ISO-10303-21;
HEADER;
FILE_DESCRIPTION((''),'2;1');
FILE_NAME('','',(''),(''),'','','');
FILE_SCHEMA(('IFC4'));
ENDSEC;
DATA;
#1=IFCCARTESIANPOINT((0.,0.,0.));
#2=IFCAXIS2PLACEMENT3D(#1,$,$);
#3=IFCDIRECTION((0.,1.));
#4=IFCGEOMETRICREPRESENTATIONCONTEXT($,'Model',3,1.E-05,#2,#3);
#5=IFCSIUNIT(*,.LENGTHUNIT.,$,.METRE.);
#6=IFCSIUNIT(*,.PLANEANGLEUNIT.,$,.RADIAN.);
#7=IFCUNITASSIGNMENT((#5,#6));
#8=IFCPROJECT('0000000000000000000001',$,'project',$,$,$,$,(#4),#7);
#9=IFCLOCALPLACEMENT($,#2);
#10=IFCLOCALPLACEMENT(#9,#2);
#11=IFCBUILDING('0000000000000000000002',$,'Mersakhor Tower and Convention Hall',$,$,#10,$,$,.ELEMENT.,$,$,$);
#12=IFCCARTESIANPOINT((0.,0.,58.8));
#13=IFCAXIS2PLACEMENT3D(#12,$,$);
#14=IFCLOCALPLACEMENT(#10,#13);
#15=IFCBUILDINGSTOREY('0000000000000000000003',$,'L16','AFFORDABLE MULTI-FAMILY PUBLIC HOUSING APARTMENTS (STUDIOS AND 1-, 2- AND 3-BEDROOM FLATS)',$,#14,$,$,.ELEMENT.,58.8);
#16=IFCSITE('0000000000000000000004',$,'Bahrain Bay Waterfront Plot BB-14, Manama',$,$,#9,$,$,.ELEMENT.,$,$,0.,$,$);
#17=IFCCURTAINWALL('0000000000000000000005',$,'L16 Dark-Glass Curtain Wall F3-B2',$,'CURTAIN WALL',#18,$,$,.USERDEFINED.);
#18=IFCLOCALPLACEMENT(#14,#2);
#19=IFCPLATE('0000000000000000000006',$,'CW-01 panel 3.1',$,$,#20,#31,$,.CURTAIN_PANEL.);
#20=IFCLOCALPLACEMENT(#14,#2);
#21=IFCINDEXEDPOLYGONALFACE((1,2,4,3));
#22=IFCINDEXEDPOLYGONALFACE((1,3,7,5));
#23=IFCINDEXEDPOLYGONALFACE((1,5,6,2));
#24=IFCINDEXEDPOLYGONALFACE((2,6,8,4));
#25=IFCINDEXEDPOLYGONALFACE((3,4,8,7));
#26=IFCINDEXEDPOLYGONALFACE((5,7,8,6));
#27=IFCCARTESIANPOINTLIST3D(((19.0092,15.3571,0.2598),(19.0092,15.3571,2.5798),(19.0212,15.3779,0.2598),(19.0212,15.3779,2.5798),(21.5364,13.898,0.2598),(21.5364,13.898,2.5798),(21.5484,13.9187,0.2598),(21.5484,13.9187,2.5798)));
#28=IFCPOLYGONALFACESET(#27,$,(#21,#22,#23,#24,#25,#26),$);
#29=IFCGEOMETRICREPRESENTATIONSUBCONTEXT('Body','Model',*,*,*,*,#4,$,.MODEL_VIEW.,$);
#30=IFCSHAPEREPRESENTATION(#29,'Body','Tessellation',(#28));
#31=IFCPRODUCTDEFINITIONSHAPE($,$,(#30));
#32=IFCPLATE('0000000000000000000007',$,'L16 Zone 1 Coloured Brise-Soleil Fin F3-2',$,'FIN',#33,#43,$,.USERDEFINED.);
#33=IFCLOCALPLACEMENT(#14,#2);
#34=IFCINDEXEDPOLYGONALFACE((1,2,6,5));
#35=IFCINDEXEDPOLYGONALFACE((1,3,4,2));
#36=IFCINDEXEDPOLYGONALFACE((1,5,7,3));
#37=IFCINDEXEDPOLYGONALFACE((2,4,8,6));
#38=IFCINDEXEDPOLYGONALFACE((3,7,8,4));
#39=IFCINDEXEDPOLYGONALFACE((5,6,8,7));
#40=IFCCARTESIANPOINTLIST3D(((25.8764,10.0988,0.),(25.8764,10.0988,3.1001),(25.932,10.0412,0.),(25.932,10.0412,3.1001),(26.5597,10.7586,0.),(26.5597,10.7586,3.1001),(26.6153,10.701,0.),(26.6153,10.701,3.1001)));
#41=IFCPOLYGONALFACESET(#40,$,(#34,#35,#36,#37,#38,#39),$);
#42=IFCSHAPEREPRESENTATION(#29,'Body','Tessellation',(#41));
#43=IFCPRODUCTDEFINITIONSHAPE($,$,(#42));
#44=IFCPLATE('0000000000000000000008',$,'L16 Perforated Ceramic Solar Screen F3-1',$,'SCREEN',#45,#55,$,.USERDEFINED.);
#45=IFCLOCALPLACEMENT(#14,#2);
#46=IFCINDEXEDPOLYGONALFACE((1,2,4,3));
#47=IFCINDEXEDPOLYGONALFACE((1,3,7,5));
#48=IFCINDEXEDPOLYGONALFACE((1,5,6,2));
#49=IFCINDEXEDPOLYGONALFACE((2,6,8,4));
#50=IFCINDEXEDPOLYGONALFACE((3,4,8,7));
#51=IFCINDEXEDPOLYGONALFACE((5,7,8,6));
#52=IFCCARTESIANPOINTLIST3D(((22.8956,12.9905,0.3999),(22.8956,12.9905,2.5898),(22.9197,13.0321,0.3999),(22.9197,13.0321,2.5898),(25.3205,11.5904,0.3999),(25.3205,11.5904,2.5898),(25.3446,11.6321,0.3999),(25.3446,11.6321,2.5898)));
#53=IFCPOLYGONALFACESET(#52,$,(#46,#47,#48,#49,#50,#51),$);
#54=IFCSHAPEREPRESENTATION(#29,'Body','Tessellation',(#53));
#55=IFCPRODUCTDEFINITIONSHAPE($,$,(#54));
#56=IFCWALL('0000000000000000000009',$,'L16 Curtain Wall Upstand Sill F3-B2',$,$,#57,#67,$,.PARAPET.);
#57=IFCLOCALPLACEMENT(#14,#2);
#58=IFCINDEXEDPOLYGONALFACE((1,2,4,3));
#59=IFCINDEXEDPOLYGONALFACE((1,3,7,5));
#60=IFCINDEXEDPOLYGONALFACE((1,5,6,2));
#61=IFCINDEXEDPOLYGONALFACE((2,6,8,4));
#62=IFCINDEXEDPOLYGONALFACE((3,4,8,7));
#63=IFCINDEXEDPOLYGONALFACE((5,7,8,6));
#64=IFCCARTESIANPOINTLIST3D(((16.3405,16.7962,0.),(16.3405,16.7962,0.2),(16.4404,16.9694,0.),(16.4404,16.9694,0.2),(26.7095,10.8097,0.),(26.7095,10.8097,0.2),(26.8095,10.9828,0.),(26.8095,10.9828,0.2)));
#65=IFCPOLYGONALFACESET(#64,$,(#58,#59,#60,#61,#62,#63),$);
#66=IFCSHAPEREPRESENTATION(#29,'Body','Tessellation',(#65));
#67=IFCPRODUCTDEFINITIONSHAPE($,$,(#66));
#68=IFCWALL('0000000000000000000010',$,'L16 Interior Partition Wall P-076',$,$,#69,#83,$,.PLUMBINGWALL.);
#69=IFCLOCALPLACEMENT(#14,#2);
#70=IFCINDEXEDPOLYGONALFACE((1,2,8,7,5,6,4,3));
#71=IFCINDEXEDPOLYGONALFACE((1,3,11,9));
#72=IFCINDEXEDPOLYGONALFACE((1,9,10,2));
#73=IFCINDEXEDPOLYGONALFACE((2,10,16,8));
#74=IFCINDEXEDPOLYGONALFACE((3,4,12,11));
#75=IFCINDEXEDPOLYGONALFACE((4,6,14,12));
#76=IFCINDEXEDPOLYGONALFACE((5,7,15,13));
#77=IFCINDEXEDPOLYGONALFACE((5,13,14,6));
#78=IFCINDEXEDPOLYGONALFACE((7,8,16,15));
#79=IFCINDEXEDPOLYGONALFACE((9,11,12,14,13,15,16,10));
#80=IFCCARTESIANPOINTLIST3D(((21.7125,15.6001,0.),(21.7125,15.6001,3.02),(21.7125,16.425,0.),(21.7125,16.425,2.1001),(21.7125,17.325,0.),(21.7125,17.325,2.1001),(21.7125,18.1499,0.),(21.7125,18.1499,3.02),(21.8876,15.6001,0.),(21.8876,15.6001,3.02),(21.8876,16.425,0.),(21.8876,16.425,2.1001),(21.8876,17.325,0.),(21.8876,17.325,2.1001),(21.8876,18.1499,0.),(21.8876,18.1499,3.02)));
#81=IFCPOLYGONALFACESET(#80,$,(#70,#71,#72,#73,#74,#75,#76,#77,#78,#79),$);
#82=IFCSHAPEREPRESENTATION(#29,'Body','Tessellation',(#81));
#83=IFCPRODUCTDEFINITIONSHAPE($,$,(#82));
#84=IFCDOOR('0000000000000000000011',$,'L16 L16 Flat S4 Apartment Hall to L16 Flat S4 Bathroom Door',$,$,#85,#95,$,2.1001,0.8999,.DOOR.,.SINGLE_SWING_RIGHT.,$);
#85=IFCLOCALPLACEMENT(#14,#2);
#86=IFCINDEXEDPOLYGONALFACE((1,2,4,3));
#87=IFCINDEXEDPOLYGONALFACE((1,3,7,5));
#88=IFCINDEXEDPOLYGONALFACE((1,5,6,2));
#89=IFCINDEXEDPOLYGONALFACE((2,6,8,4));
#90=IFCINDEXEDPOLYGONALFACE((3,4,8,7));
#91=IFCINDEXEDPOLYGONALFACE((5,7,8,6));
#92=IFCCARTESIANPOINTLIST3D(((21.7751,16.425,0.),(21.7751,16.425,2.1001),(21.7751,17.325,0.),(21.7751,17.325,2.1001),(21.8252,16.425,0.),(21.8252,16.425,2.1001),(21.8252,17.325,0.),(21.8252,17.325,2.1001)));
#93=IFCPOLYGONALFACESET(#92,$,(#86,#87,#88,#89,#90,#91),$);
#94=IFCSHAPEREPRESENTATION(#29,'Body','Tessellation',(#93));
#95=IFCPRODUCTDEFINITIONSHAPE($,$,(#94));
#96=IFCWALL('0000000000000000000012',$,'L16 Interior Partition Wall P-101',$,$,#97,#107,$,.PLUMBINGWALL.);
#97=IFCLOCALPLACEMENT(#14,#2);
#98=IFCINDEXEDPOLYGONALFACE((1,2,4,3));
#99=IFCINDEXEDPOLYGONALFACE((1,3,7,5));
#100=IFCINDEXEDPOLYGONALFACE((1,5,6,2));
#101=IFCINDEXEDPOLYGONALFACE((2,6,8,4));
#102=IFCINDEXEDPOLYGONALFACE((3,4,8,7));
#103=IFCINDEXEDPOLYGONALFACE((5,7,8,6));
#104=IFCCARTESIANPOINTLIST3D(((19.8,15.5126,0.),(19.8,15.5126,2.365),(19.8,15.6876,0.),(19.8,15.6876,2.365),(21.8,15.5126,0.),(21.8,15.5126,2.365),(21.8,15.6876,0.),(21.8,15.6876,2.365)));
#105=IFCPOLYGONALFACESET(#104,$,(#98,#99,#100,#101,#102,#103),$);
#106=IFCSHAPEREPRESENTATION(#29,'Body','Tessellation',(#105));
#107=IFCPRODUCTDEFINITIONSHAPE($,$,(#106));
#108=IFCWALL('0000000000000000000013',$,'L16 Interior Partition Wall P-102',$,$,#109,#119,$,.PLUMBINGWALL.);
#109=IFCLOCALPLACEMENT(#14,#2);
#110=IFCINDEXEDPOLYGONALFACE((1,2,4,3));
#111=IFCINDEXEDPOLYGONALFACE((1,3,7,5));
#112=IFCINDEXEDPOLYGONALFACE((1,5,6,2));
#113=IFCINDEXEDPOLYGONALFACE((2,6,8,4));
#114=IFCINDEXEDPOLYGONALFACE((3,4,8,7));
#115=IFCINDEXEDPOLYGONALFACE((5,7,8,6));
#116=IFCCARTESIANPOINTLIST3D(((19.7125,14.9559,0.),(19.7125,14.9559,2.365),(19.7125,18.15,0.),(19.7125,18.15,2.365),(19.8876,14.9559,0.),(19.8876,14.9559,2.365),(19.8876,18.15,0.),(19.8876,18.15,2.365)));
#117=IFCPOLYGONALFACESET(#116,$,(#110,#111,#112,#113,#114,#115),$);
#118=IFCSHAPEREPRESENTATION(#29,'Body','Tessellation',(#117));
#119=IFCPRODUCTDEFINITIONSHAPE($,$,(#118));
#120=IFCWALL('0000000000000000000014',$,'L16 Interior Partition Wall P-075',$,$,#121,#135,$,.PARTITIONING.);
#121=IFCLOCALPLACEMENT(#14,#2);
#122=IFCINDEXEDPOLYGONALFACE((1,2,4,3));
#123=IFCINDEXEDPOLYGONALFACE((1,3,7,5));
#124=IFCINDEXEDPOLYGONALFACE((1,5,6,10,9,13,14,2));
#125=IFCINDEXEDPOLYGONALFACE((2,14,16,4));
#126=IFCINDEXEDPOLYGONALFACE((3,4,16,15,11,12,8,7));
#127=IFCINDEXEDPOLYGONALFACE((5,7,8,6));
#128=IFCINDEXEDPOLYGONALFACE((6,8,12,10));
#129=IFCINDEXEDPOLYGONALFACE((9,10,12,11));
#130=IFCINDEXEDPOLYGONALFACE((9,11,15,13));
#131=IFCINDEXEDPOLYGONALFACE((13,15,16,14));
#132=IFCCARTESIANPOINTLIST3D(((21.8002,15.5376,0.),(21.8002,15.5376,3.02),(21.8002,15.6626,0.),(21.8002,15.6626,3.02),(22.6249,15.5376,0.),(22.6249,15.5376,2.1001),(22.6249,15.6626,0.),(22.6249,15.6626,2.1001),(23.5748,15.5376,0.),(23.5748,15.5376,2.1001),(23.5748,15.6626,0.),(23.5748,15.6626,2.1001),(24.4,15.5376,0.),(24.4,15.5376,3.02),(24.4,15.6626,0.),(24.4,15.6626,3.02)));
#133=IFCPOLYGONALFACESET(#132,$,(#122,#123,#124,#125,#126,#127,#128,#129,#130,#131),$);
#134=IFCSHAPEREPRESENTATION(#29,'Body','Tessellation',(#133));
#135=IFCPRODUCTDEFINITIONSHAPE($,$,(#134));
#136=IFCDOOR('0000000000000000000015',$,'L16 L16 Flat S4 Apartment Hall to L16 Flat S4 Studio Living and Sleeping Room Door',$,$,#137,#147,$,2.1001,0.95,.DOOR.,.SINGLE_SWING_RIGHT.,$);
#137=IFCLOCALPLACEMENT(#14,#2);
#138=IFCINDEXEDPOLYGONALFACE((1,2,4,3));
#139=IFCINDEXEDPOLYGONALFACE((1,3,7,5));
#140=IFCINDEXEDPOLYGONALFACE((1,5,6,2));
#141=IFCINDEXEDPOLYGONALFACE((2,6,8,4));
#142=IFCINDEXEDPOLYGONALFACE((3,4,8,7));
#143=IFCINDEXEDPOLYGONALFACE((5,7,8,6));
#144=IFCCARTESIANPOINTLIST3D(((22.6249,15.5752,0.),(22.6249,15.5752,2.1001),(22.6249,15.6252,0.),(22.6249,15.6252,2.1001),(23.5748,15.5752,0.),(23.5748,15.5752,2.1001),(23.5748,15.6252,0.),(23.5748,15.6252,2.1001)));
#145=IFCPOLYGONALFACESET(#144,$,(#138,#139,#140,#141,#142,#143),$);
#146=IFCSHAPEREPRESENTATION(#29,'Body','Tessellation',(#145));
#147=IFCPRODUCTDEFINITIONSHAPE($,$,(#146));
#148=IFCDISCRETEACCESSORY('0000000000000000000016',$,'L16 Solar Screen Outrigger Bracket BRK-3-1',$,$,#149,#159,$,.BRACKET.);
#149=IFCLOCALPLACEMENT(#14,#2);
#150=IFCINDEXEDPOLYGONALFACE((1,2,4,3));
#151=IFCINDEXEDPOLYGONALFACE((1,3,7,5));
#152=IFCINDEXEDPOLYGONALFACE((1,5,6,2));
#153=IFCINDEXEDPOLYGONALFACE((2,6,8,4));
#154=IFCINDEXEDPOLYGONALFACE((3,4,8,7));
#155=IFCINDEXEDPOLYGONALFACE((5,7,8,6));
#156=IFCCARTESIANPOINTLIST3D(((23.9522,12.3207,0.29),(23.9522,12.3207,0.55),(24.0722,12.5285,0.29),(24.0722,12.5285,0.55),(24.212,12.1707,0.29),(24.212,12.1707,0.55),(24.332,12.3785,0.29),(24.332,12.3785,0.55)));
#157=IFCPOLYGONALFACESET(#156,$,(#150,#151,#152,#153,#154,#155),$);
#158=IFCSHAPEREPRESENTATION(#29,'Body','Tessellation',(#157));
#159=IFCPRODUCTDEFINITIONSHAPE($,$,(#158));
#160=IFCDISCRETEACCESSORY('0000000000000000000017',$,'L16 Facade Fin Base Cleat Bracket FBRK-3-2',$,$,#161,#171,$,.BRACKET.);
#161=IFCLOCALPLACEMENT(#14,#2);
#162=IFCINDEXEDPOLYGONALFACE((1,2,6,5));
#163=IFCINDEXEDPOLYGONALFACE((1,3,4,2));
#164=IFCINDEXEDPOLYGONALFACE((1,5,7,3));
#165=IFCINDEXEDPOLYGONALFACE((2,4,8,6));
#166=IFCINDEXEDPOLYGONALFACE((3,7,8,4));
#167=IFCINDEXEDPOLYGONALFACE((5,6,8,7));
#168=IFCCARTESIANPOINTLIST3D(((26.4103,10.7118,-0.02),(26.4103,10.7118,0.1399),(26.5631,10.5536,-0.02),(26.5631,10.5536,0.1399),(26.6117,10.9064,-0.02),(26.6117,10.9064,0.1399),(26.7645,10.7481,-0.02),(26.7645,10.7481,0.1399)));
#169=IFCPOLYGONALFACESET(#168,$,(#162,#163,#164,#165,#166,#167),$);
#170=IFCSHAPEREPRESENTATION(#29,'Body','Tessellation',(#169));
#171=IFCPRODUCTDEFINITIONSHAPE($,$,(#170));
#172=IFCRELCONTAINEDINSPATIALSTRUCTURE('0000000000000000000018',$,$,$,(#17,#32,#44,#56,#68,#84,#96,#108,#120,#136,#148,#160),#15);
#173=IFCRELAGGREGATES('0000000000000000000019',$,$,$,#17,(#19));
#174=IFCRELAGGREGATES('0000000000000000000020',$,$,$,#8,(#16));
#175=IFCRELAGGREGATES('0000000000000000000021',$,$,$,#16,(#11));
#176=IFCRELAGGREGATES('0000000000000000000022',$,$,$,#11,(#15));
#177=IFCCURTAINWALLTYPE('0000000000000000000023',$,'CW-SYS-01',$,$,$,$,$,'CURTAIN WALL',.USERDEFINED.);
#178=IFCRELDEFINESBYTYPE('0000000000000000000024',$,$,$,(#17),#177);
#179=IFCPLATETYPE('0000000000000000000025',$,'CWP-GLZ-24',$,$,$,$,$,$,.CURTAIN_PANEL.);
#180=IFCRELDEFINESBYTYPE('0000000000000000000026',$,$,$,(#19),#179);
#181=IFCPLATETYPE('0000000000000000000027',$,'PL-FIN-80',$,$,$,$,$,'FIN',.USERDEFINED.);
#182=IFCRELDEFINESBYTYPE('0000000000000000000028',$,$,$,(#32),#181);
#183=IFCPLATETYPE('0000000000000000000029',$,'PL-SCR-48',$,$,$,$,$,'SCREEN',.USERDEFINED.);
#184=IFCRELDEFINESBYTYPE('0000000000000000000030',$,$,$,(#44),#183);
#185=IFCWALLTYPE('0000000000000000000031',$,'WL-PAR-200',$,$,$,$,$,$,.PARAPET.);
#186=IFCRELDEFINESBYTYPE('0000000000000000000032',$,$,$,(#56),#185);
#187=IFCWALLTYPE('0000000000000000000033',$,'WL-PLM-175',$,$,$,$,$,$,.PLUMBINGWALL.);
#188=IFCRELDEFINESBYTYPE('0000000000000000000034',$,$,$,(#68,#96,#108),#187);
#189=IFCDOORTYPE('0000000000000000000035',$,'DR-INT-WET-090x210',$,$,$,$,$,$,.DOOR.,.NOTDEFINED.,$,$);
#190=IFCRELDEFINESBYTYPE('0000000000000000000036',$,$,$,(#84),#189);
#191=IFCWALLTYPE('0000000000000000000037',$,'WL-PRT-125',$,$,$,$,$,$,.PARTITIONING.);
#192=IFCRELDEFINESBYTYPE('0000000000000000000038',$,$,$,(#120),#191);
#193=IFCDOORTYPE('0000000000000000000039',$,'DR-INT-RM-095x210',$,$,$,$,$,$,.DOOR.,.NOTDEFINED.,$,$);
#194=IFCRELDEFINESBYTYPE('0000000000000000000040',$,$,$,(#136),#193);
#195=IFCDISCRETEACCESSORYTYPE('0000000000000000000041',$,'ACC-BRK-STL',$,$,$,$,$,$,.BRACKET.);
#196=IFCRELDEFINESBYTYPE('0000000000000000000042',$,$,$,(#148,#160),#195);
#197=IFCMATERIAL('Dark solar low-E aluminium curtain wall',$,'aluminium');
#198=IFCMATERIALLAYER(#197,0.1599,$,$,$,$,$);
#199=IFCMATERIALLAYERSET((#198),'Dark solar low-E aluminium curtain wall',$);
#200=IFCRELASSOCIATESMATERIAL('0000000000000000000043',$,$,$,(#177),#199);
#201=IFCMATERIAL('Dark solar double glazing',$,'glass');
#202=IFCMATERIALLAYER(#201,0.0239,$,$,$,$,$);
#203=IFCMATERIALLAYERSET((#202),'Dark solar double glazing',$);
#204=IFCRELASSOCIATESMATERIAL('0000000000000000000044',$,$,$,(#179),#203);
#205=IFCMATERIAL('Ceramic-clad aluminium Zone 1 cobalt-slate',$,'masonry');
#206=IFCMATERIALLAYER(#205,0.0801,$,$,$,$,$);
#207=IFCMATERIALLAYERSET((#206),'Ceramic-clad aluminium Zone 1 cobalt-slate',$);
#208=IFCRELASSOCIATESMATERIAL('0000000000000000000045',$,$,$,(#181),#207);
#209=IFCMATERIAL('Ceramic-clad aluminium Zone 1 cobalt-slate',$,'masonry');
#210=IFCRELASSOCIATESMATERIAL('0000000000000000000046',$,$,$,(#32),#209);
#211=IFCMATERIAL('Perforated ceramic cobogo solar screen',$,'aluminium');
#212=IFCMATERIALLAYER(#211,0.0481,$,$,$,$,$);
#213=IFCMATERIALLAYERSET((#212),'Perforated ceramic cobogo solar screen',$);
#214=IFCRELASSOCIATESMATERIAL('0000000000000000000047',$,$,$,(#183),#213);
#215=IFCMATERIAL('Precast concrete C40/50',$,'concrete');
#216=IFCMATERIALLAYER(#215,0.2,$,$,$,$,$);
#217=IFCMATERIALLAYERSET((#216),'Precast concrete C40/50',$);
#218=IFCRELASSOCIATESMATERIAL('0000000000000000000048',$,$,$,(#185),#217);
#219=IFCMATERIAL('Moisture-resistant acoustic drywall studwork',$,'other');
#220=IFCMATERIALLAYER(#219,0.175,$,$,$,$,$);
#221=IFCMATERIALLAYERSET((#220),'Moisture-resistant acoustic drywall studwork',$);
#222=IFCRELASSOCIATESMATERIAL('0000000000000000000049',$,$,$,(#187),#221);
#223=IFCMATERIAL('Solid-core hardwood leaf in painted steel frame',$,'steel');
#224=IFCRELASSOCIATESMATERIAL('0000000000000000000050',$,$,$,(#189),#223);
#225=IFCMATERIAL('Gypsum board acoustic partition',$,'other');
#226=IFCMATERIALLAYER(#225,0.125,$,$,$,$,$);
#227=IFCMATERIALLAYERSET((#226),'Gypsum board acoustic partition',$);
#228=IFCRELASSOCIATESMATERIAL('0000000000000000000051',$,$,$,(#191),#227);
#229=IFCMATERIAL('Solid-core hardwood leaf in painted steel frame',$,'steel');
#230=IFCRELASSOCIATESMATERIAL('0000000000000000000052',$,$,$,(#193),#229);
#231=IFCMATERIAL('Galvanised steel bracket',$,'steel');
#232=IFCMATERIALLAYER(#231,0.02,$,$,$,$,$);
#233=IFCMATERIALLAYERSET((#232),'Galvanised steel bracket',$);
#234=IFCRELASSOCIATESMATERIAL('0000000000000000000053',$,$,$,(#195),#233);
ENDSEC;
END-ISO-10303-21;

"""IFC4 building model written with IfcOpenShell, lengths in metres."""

from ifc_helpers import new_model, si_unit, direction, frame, frame_2d, origin, origin_2d, place, context, subcontext, project, spatial, rectangle, extrude, material, layer, layer_set, type_object, element, fill, aggregate, save


model = new_model("IFC4")

# Units and contexts
model_context = context("Model", 3, precision=1e-05, world=origin(), true_north=direction((0.0, 1.0)))
body_context = subcontext(model_context, "Body", "Model", "MODEL_VIEW")
ifc_project = project(units=[si_unit("LENGTHUNIT", "METRE"), si_unit("PLANEANGLEUNIT", "RADIAN")], contexts=[model_context])

# Site, building, storey
site_placement = place(None, origin())
site = spatial("IfcSite", under=ifc_project, at=site_placement, Name="Bahrain Bay Waterfront Plot BB-14, Manama", CompositionType="ELEMENT", RefElevation=0.0)
building_placement = place(site_placement, origin())
building = spatial("IfcBuilding", under=site, at=building_placement, Name="Mersakhor Tower and Convention Hall", CompositionType="ELEMENT")
storey_placement = place(building_placement, frame((0.0, 0.0, 58.8)))
storey = spatial("IfcBuildingStorey", under=building, at=storey_placement, Name="L16", Description="AFFORDABLE MULTI-FAMILY PUBLIC HOUSING APARTMENTS (STUDIOS AND 1-, 2- AND 3-BEDROOM FLATS)", CompositionType="ELEMENT", Elevation=58.8)

# Curtain wall, plate
ifc_material_1 = material(Name="Dark solar low-E aluminium curtain wall", Category="aluminium")
ifc_layer_1 = layer(ifc_material_1, 0.1599)
ifc_layer_set_1 = layer_set([ifc_layer_1], Name="Dark solar low-E aluminium curtain wall")
curtain_wall_type = type_object("IfcCurtainWallType", Name="CW-SYS-01", ElementType="CURTAIN WALL", PredefinedType="USERDEFINED", material=ifc_layer_set_1)
curtain_wall_placement = place(storey_placement, origin())
curtain_wall = element("IfcCurtainWall", 1, at=curtain_wall_placement, inside=storey, type_object=curtain_wall_type, Name="L16 Dark-Glass Curtain Wall F3-B2", ObjectType="CURTAIN WALL", PredefinedType="USERDEFINED")
ifc_material_2 = material(Name="Dark solar double glazing", Category="glass")
ifc_layer_2 = layer(ifc_material_2, 0.0239)
ifc_layer_set_2 = layer_set([ifc_layer_2], Name="Dark solar double glazing")
plate_type_1 = type_object("IfcPlateType", Name="CWP-GLZ-24", PredefinedType="CURTAIN_PANEL", material=ifc_layer_set_2)
plate_1_placement = place(storey_placement, frame((20.2788, 14.6379, 0.2598), z_axis=(0.0, 0.0, 1.0), x_axis=(-0.866023, 0.500003, 0.0)))
plate_1 = element("IfcPlate", 2, at=plate_1_placement, type_object=plate_type_1, Name="CW-01 panel 3.1", PredefinedType="CURTAIN_PANEL", context=body_context, shape_type="SweptSolid", body=[
    extrude(rectangle(XDim=2.9182, YDim=0.0239, at=origin_2d()), origin(), (0.0, 0.0, 1.0), 2.3201),
])
aggregate(curtain_wall, [plate_1])

# Plates
ifc_material_3 = material(Name="Ceramic-clad aluminium Zone 1 cobalt-slate", Category="masonry")
ifc_material_4 = material(Name="Ceramic-clad aluminium Zone 1 cobalt-slate", Category="masonry")
ifc_layer_3 = layer(ifc_material_4, 0.0801)
ifc_layer_set_3 = layer_set([ifc_layer_3], Name="Ceramic-clad aluminium Zone 1 cobalt-slate")
plate_type_2 = type_object("IfcPlateType", Name="PL-FIN-80", ElementType="FIN", PredefinedType="USERDEFINED", material=ifc_layer_set_3)
plate_2_placement = place(storey_placement, frame((26.2458, 10.3999, 0.0), z_axis=(0.0, 0.0, 1.0), x_axis=(-0.71934, -0.694658, 0.0)))
element("IfcPlate", 3, at=plate_2_placement, inside=storey, type_object=plate_type_2, material=ifc_material_3, Name="L16 Zone 1 Coloured Brise-Soleil Fin F3-2", ObjectType="FIN", PredefinedType="USERDEFINED", context=body_context, shape_type="SweptSolid", body=[
    extrude(rectangle(XDim=0.95, YDim=0.0801, at=origin_2d()), origin(), (0.0, 0.0, 1.0), 3.1001),
])
ifc_material_5 = material(Name="Perforated ceramic cobogo solar screen", Category="aluminium")
ifc_layer_4 = layer(ifc_material_5, 0.0481)
ifc_layer_set_4 = layer_set([ifc_layer_4], Name="Perforated ceramic cobogo solar screen")
plate_type_3 = type_object("IfcPlateType", Name="PL-SCR-48", ElementType="SCREEN", PredefinedType="USERDEFINED", material=ifc_layer_set_4)
plate_3_placement = place(storey_placement, frame((24.1201, 12.3113, 0.3999), z_axis=(0.0, 0.0, 1.0), x_axis=(-0.866025, 0.5, 0.0)))
element("IfcPlate", 4, at=plate_3_placement, inside=storey, type_object=plate_type_3, Name="L16 Perforated Ceramic Solar Screen F3-1", ObjectType="SCREEN", PredefinedType="USERDEFINED", context=body_context, shape_type="SweptSolid", body=[
    extrude(rectangle(XDim=2.8, YDim=0.0481, at=origin_2d()), origin(), (0.0, 0.0, 1.0), 2.1899),
])

# Wall
ifc_material_6 = material(Name="Precast concrete C40/50", Category="concrete")
ifc_layer_5 = layer(ifc_material_6, 0.2)
ifc_layer_set_5 = layer_set([ifc_layer_5], Name="Precast concrete C40/50")
wall_type_1 = type_object("IfcWallType", Name="WL-PAR-200", PredefinedType="PARAPET", material=ifc_layer_set_5)
wall_1_placement = place(storey_placement, frame((26.7595, 10.8962, 0.0), z_axis=(0.0, 0.0, 1.0), x_axis=(-0.866027, 0.499997, 0.0)))
element("IfcWall", 5, at=wall_1_placement, inside=storey, type_object=wall_type_1, Name="L16 Curtain Wall Upstand Sill F3-B2", PredefinedType="PARAPET", context=body_context, shape_type="SweptSolid", body=[
    extrude(rectangle(XDim=11.9731, YDim=0.2, at=frame_2d((5.9866, 0.0))), origin(), (0.0, 0.0, 1.0), 0.2),
])

# Wall, opening, door
ifc_material_7 = material(Name="Moisture-resistant acoustic drywall studwork", Category="other")
ifc_layer_6 = layer(ifc_material_7, 0.175)
ifc_layer_set_6 = layer_set([ifc_layer_6], Name="Moisture-resistant acoustic drywall studwork")
wall_type_2 = type_object("IfcWallType", Name="WL-PLM-175", PredefinedType="PLUMBINGWALL", material=ifc_layer_set_6)
wall_2_placement = place(storey_placement, frame((21.8, 15.6001, 0.0), z_axis=(0.0, 0.0, 1.0), x_axis=(0.0, 1.0, 0.0)))
wall_2 = element("IfcWall", 6, at=wall_2_placement, inside=storey, type_object=wall_type_2, Name="L16 Interior Partition Wall P-076", PredefinedType="PLUMBINGWALL", context=body_context, shape_type="SweptSolid", body=[
    extrude(rectangle(XDim=2.5498, YDim=0.175, at=frame_2d((1.2749, 0.0))), origin(), (0.0, 0.0, 1.0), 3.02),
])
opening_1_placement = place(wall_2_placement, frame((0.825, 0.0, 0.0)))
opening_1 = element("IfcOpeningElement", 7, at=opening_1_placement, cuts=wall_2, PredefinedType="OPENING", context=body_context, shape_type="SweptSolid", body=[
    extrude(rectangle(XDim=0.8999, YDim=2.1001, at=frame_2d((0.45, 1.05))), frame((0.0, 0.0974, 0.0), z_axis=(0.0, -1.0, 0.0), x_axis=(1.0, 0.0, 0.0)), (0.0, 0.0, 1.0), 0.1951),
])
ifc_material_8 = material(Name="Solid-core hardwood leaf in painted steel frame", Category="steel")
door_type_1 = type_object("IfcDoorType", Name="DR-INT-WET-090x210", OperationType="NOTDEFINED", PredefinedType="DOOR", material=ifc_material_8)
door_1_placement = place(opening_1_placement, origin())
door_1 = element("IfcDoor", 8, at=door_1_placement, inside=storey, type_object=door_type_1, Name="L16 L16 Flat S4 Apartment Hall to L16 Flat S4 Bathroom Door", OperationType="SINGLE_SWING_RIGHT", OverallHeight=2.1001, OverallWidth=0.8999, PredefinedType="DOOR", context=body_context, shape_type="SweptSolid", body=[
    extrude(rectangle(XDim=0.8999, YDim=2.1001, at=frame_2d((0.45, 1.05))), frame((0.0, 0.0249, 0.0), z_axis=(0.0, -1.0, 0.0), x_axis=(1.0, 0.0, 0.0)), (0.0, 0.0, 1.0), 0.05),
])
fill(opening_1, door_1)

# Walls
wall_3_placement = place(storey_placement, frame((21.8, 15.6001, 0.0), z_axis=(0.0, 0.0, 1.0), x_axis=(-1.0, 0.0, 0.0)))
element("IfcWall", 9, at=wall_3_placement, inside=storey, type_object=wall_type_2, Name="L16 Interior Partition Wall P-101", PredefinedType="PLUMBINGWALL", context=body_context, shape_type="SweptSolid", body=[
    extrude(rectangle(XDim=2.0, YDim=0.175, at=frame_2d((1.0, 0.0))), origin(), (0.0, 0.0, 1.0), 2.365),
])
wall_4_placement = place(storey_placement, frame((19.8, 14.9558, 0.0), z_axis=(0.0, 0.0, 1.0), x_axis=(0.0, 1.0, 0.0)))
element("IfcWall", 10, at=wall_4_placement, inside=storey, type_object=wall_type_2, Name="L16 Interior Partition Wall P-102", PredefinedType="PLUMBINGWALL", context=body_context, shape_type="SweptSolid", body=[
    extrude(rectangle(XDim=3.1941, YDim=0.175, at=frame_2d((1.5972, 0.0))), origin(), (0.0, 0.0, 1.0), 2.365),
])

# Wall, opening, door
ifc_material_9 = material(Name="Gypsum board acoustic partition", Category="other")
ifc_layer_7 = layer(ifc_material_9, 0.125)
ifc_layer_set_7 = layer_set([ifc_layer_7], Name="Gypsum board acoustic partition")
wall_type_3 = type_object("IfcWallType", Name="WL-PRT-125", PredefinedType="PARTITIONING", material=ifc_layer_set_7)
wall_5_placement = place(storey_placement, frame((24.3999, 15.6001, 0.0), z_axis=(0.0, 0.0, 1.0), x_axis=(-1.0, 0.0, 0.0)))
wall_5 = element("IfcWall", 11, at=wall_5_placement, inside=storey, type_object=wall_type_3, Name="L16 Interior Partition Wall P-075", PredefinedType="PARTITIONING", context=body_context, shape_type="SweptSolid", body=[
    extrude(rectangle(XDim=2.5999, YDim=0.125, at=frame_2d((1.2998, 0.0))), origin(), (0.0, 0.0, 1.0), 3.02),
])
opening_2_placement = place(wall_5_placement, frame((0.825, 0.0, 0.0)))
opening_2 = element("IfcOpeningElement", 12, at=opening_2_placement, cuts=wall_5, PredefinedType="OPENING", context=body_context, shape_type="SweptSolid", body=[
    extrude(rectangle(XDim=0.95, YDim=2.1001, at=frame_2d((0.4751, 1.05))), frame((0.0, 0.0725, 0.0), z_axis=(0.0, -1.0, 0.0), x_axis=(1.0, 0.0, 0.0)), (0.0, 0.0, 1.0), 0.145),
])
ifc_material_10 = material(Name="Solid-core hardwood leaf in painted steel frame", Category="steel")
door_type_2 = type_object("IfcDoorType", Name="DR-INT-RM-095x210", OperationType="NOTDEFINED", PredefinedType="DOOR", material=ifc_material_10)
door_2_placement = place(opening_2_placement, origin())
door_2 = element("IfcDoor", 13, at=door_2_placement, inside=storey, type_object=door_type_2, Name="L16 L16 Flat S4 Apartment Hall to L16 Flat S4 Studio Living and Sleeping Room Door", OperationType="SINGLE_SWING_RIGHT", OverallHeight=2.1001, OverallWidth=0.95, PredefinedType="DOOR", context=body_context, shape_type="SweptSolid", body=[
    extrude(rectangle(XDim=0.95, YDim=2.1001, at=frame_2d((0.4751, 1.05))), frame((0.0, 0.0249, 0.0), z_axis=(0.0, -1.0, 0.0), x_axis=(1.0, 0.0, 0.0)), (0.0, 0.0, 1.0), 0.05),
])
fill(opening_2, door_2)

# Discrete accessories
ifc_material_11 = material(Name="Galvanised steel bracket", Category="steel")
ifc_layer_8 = layer(ifc_material_11, 0.02)
ifc_layer_set_8 = layer_set([ifc_layer_8], Name="Galvanised steel bracket")
discrete_accessory_type = type_object("IfcDiscreteAccessoryType", Name="ACC-BRK-STL", PredefinedType="BRACKET", material=ifc_layer_set_8)
discrete_accessory_placement = place(storey_placement, frame((24.1421, 12.3496, 0.29), z_axis=(0.0, 0.0, 1.0), x_axis=(-0.866025, 0.5, 0.0)))
element("IfcDiscreteAccessory", 14, at=discrete_accessory_placement, inside=storey, type_object=discrete_accessory_type, Name="L16 Solar Screen Outrigger Bracket BRK-3-1", PredefinedType="BRACKET", context=body_context, shape_type="SweptSolid", body=[
    extrude(rectangle(XDim=0.3, YDim=0.24, at=origin_2d()), origin(), (0.0, 0.0, 1.0), 0.26),
])
for number, where, z_axis, x_axis, name in (
    (15, (26.5874, 10.73, -0.02), (0.0, 0.0, 1.0), (-0.71934, -0.694658, 0.0), "L16 Facade Fin Base Cleat Bracket FBRK-3-2"),
):
    element("IfcDiscreteAccessory", number, at=place(storey_placement, frame(where, z_axis=z_axis, x_axis=x_axis)), inside=storey, type_object=discrete_accessory_type, Name=name, PredefinedType="BRACKET", context=body_context, shape_type="SweptSolid", body=[
        extrude(rectangle(XDim=0.28, YDim=0.22, at=origin_2d()), origin(), (0.0, 0.0, 1.0), 0.1599),
    ])

save(model, "model.ifc")
